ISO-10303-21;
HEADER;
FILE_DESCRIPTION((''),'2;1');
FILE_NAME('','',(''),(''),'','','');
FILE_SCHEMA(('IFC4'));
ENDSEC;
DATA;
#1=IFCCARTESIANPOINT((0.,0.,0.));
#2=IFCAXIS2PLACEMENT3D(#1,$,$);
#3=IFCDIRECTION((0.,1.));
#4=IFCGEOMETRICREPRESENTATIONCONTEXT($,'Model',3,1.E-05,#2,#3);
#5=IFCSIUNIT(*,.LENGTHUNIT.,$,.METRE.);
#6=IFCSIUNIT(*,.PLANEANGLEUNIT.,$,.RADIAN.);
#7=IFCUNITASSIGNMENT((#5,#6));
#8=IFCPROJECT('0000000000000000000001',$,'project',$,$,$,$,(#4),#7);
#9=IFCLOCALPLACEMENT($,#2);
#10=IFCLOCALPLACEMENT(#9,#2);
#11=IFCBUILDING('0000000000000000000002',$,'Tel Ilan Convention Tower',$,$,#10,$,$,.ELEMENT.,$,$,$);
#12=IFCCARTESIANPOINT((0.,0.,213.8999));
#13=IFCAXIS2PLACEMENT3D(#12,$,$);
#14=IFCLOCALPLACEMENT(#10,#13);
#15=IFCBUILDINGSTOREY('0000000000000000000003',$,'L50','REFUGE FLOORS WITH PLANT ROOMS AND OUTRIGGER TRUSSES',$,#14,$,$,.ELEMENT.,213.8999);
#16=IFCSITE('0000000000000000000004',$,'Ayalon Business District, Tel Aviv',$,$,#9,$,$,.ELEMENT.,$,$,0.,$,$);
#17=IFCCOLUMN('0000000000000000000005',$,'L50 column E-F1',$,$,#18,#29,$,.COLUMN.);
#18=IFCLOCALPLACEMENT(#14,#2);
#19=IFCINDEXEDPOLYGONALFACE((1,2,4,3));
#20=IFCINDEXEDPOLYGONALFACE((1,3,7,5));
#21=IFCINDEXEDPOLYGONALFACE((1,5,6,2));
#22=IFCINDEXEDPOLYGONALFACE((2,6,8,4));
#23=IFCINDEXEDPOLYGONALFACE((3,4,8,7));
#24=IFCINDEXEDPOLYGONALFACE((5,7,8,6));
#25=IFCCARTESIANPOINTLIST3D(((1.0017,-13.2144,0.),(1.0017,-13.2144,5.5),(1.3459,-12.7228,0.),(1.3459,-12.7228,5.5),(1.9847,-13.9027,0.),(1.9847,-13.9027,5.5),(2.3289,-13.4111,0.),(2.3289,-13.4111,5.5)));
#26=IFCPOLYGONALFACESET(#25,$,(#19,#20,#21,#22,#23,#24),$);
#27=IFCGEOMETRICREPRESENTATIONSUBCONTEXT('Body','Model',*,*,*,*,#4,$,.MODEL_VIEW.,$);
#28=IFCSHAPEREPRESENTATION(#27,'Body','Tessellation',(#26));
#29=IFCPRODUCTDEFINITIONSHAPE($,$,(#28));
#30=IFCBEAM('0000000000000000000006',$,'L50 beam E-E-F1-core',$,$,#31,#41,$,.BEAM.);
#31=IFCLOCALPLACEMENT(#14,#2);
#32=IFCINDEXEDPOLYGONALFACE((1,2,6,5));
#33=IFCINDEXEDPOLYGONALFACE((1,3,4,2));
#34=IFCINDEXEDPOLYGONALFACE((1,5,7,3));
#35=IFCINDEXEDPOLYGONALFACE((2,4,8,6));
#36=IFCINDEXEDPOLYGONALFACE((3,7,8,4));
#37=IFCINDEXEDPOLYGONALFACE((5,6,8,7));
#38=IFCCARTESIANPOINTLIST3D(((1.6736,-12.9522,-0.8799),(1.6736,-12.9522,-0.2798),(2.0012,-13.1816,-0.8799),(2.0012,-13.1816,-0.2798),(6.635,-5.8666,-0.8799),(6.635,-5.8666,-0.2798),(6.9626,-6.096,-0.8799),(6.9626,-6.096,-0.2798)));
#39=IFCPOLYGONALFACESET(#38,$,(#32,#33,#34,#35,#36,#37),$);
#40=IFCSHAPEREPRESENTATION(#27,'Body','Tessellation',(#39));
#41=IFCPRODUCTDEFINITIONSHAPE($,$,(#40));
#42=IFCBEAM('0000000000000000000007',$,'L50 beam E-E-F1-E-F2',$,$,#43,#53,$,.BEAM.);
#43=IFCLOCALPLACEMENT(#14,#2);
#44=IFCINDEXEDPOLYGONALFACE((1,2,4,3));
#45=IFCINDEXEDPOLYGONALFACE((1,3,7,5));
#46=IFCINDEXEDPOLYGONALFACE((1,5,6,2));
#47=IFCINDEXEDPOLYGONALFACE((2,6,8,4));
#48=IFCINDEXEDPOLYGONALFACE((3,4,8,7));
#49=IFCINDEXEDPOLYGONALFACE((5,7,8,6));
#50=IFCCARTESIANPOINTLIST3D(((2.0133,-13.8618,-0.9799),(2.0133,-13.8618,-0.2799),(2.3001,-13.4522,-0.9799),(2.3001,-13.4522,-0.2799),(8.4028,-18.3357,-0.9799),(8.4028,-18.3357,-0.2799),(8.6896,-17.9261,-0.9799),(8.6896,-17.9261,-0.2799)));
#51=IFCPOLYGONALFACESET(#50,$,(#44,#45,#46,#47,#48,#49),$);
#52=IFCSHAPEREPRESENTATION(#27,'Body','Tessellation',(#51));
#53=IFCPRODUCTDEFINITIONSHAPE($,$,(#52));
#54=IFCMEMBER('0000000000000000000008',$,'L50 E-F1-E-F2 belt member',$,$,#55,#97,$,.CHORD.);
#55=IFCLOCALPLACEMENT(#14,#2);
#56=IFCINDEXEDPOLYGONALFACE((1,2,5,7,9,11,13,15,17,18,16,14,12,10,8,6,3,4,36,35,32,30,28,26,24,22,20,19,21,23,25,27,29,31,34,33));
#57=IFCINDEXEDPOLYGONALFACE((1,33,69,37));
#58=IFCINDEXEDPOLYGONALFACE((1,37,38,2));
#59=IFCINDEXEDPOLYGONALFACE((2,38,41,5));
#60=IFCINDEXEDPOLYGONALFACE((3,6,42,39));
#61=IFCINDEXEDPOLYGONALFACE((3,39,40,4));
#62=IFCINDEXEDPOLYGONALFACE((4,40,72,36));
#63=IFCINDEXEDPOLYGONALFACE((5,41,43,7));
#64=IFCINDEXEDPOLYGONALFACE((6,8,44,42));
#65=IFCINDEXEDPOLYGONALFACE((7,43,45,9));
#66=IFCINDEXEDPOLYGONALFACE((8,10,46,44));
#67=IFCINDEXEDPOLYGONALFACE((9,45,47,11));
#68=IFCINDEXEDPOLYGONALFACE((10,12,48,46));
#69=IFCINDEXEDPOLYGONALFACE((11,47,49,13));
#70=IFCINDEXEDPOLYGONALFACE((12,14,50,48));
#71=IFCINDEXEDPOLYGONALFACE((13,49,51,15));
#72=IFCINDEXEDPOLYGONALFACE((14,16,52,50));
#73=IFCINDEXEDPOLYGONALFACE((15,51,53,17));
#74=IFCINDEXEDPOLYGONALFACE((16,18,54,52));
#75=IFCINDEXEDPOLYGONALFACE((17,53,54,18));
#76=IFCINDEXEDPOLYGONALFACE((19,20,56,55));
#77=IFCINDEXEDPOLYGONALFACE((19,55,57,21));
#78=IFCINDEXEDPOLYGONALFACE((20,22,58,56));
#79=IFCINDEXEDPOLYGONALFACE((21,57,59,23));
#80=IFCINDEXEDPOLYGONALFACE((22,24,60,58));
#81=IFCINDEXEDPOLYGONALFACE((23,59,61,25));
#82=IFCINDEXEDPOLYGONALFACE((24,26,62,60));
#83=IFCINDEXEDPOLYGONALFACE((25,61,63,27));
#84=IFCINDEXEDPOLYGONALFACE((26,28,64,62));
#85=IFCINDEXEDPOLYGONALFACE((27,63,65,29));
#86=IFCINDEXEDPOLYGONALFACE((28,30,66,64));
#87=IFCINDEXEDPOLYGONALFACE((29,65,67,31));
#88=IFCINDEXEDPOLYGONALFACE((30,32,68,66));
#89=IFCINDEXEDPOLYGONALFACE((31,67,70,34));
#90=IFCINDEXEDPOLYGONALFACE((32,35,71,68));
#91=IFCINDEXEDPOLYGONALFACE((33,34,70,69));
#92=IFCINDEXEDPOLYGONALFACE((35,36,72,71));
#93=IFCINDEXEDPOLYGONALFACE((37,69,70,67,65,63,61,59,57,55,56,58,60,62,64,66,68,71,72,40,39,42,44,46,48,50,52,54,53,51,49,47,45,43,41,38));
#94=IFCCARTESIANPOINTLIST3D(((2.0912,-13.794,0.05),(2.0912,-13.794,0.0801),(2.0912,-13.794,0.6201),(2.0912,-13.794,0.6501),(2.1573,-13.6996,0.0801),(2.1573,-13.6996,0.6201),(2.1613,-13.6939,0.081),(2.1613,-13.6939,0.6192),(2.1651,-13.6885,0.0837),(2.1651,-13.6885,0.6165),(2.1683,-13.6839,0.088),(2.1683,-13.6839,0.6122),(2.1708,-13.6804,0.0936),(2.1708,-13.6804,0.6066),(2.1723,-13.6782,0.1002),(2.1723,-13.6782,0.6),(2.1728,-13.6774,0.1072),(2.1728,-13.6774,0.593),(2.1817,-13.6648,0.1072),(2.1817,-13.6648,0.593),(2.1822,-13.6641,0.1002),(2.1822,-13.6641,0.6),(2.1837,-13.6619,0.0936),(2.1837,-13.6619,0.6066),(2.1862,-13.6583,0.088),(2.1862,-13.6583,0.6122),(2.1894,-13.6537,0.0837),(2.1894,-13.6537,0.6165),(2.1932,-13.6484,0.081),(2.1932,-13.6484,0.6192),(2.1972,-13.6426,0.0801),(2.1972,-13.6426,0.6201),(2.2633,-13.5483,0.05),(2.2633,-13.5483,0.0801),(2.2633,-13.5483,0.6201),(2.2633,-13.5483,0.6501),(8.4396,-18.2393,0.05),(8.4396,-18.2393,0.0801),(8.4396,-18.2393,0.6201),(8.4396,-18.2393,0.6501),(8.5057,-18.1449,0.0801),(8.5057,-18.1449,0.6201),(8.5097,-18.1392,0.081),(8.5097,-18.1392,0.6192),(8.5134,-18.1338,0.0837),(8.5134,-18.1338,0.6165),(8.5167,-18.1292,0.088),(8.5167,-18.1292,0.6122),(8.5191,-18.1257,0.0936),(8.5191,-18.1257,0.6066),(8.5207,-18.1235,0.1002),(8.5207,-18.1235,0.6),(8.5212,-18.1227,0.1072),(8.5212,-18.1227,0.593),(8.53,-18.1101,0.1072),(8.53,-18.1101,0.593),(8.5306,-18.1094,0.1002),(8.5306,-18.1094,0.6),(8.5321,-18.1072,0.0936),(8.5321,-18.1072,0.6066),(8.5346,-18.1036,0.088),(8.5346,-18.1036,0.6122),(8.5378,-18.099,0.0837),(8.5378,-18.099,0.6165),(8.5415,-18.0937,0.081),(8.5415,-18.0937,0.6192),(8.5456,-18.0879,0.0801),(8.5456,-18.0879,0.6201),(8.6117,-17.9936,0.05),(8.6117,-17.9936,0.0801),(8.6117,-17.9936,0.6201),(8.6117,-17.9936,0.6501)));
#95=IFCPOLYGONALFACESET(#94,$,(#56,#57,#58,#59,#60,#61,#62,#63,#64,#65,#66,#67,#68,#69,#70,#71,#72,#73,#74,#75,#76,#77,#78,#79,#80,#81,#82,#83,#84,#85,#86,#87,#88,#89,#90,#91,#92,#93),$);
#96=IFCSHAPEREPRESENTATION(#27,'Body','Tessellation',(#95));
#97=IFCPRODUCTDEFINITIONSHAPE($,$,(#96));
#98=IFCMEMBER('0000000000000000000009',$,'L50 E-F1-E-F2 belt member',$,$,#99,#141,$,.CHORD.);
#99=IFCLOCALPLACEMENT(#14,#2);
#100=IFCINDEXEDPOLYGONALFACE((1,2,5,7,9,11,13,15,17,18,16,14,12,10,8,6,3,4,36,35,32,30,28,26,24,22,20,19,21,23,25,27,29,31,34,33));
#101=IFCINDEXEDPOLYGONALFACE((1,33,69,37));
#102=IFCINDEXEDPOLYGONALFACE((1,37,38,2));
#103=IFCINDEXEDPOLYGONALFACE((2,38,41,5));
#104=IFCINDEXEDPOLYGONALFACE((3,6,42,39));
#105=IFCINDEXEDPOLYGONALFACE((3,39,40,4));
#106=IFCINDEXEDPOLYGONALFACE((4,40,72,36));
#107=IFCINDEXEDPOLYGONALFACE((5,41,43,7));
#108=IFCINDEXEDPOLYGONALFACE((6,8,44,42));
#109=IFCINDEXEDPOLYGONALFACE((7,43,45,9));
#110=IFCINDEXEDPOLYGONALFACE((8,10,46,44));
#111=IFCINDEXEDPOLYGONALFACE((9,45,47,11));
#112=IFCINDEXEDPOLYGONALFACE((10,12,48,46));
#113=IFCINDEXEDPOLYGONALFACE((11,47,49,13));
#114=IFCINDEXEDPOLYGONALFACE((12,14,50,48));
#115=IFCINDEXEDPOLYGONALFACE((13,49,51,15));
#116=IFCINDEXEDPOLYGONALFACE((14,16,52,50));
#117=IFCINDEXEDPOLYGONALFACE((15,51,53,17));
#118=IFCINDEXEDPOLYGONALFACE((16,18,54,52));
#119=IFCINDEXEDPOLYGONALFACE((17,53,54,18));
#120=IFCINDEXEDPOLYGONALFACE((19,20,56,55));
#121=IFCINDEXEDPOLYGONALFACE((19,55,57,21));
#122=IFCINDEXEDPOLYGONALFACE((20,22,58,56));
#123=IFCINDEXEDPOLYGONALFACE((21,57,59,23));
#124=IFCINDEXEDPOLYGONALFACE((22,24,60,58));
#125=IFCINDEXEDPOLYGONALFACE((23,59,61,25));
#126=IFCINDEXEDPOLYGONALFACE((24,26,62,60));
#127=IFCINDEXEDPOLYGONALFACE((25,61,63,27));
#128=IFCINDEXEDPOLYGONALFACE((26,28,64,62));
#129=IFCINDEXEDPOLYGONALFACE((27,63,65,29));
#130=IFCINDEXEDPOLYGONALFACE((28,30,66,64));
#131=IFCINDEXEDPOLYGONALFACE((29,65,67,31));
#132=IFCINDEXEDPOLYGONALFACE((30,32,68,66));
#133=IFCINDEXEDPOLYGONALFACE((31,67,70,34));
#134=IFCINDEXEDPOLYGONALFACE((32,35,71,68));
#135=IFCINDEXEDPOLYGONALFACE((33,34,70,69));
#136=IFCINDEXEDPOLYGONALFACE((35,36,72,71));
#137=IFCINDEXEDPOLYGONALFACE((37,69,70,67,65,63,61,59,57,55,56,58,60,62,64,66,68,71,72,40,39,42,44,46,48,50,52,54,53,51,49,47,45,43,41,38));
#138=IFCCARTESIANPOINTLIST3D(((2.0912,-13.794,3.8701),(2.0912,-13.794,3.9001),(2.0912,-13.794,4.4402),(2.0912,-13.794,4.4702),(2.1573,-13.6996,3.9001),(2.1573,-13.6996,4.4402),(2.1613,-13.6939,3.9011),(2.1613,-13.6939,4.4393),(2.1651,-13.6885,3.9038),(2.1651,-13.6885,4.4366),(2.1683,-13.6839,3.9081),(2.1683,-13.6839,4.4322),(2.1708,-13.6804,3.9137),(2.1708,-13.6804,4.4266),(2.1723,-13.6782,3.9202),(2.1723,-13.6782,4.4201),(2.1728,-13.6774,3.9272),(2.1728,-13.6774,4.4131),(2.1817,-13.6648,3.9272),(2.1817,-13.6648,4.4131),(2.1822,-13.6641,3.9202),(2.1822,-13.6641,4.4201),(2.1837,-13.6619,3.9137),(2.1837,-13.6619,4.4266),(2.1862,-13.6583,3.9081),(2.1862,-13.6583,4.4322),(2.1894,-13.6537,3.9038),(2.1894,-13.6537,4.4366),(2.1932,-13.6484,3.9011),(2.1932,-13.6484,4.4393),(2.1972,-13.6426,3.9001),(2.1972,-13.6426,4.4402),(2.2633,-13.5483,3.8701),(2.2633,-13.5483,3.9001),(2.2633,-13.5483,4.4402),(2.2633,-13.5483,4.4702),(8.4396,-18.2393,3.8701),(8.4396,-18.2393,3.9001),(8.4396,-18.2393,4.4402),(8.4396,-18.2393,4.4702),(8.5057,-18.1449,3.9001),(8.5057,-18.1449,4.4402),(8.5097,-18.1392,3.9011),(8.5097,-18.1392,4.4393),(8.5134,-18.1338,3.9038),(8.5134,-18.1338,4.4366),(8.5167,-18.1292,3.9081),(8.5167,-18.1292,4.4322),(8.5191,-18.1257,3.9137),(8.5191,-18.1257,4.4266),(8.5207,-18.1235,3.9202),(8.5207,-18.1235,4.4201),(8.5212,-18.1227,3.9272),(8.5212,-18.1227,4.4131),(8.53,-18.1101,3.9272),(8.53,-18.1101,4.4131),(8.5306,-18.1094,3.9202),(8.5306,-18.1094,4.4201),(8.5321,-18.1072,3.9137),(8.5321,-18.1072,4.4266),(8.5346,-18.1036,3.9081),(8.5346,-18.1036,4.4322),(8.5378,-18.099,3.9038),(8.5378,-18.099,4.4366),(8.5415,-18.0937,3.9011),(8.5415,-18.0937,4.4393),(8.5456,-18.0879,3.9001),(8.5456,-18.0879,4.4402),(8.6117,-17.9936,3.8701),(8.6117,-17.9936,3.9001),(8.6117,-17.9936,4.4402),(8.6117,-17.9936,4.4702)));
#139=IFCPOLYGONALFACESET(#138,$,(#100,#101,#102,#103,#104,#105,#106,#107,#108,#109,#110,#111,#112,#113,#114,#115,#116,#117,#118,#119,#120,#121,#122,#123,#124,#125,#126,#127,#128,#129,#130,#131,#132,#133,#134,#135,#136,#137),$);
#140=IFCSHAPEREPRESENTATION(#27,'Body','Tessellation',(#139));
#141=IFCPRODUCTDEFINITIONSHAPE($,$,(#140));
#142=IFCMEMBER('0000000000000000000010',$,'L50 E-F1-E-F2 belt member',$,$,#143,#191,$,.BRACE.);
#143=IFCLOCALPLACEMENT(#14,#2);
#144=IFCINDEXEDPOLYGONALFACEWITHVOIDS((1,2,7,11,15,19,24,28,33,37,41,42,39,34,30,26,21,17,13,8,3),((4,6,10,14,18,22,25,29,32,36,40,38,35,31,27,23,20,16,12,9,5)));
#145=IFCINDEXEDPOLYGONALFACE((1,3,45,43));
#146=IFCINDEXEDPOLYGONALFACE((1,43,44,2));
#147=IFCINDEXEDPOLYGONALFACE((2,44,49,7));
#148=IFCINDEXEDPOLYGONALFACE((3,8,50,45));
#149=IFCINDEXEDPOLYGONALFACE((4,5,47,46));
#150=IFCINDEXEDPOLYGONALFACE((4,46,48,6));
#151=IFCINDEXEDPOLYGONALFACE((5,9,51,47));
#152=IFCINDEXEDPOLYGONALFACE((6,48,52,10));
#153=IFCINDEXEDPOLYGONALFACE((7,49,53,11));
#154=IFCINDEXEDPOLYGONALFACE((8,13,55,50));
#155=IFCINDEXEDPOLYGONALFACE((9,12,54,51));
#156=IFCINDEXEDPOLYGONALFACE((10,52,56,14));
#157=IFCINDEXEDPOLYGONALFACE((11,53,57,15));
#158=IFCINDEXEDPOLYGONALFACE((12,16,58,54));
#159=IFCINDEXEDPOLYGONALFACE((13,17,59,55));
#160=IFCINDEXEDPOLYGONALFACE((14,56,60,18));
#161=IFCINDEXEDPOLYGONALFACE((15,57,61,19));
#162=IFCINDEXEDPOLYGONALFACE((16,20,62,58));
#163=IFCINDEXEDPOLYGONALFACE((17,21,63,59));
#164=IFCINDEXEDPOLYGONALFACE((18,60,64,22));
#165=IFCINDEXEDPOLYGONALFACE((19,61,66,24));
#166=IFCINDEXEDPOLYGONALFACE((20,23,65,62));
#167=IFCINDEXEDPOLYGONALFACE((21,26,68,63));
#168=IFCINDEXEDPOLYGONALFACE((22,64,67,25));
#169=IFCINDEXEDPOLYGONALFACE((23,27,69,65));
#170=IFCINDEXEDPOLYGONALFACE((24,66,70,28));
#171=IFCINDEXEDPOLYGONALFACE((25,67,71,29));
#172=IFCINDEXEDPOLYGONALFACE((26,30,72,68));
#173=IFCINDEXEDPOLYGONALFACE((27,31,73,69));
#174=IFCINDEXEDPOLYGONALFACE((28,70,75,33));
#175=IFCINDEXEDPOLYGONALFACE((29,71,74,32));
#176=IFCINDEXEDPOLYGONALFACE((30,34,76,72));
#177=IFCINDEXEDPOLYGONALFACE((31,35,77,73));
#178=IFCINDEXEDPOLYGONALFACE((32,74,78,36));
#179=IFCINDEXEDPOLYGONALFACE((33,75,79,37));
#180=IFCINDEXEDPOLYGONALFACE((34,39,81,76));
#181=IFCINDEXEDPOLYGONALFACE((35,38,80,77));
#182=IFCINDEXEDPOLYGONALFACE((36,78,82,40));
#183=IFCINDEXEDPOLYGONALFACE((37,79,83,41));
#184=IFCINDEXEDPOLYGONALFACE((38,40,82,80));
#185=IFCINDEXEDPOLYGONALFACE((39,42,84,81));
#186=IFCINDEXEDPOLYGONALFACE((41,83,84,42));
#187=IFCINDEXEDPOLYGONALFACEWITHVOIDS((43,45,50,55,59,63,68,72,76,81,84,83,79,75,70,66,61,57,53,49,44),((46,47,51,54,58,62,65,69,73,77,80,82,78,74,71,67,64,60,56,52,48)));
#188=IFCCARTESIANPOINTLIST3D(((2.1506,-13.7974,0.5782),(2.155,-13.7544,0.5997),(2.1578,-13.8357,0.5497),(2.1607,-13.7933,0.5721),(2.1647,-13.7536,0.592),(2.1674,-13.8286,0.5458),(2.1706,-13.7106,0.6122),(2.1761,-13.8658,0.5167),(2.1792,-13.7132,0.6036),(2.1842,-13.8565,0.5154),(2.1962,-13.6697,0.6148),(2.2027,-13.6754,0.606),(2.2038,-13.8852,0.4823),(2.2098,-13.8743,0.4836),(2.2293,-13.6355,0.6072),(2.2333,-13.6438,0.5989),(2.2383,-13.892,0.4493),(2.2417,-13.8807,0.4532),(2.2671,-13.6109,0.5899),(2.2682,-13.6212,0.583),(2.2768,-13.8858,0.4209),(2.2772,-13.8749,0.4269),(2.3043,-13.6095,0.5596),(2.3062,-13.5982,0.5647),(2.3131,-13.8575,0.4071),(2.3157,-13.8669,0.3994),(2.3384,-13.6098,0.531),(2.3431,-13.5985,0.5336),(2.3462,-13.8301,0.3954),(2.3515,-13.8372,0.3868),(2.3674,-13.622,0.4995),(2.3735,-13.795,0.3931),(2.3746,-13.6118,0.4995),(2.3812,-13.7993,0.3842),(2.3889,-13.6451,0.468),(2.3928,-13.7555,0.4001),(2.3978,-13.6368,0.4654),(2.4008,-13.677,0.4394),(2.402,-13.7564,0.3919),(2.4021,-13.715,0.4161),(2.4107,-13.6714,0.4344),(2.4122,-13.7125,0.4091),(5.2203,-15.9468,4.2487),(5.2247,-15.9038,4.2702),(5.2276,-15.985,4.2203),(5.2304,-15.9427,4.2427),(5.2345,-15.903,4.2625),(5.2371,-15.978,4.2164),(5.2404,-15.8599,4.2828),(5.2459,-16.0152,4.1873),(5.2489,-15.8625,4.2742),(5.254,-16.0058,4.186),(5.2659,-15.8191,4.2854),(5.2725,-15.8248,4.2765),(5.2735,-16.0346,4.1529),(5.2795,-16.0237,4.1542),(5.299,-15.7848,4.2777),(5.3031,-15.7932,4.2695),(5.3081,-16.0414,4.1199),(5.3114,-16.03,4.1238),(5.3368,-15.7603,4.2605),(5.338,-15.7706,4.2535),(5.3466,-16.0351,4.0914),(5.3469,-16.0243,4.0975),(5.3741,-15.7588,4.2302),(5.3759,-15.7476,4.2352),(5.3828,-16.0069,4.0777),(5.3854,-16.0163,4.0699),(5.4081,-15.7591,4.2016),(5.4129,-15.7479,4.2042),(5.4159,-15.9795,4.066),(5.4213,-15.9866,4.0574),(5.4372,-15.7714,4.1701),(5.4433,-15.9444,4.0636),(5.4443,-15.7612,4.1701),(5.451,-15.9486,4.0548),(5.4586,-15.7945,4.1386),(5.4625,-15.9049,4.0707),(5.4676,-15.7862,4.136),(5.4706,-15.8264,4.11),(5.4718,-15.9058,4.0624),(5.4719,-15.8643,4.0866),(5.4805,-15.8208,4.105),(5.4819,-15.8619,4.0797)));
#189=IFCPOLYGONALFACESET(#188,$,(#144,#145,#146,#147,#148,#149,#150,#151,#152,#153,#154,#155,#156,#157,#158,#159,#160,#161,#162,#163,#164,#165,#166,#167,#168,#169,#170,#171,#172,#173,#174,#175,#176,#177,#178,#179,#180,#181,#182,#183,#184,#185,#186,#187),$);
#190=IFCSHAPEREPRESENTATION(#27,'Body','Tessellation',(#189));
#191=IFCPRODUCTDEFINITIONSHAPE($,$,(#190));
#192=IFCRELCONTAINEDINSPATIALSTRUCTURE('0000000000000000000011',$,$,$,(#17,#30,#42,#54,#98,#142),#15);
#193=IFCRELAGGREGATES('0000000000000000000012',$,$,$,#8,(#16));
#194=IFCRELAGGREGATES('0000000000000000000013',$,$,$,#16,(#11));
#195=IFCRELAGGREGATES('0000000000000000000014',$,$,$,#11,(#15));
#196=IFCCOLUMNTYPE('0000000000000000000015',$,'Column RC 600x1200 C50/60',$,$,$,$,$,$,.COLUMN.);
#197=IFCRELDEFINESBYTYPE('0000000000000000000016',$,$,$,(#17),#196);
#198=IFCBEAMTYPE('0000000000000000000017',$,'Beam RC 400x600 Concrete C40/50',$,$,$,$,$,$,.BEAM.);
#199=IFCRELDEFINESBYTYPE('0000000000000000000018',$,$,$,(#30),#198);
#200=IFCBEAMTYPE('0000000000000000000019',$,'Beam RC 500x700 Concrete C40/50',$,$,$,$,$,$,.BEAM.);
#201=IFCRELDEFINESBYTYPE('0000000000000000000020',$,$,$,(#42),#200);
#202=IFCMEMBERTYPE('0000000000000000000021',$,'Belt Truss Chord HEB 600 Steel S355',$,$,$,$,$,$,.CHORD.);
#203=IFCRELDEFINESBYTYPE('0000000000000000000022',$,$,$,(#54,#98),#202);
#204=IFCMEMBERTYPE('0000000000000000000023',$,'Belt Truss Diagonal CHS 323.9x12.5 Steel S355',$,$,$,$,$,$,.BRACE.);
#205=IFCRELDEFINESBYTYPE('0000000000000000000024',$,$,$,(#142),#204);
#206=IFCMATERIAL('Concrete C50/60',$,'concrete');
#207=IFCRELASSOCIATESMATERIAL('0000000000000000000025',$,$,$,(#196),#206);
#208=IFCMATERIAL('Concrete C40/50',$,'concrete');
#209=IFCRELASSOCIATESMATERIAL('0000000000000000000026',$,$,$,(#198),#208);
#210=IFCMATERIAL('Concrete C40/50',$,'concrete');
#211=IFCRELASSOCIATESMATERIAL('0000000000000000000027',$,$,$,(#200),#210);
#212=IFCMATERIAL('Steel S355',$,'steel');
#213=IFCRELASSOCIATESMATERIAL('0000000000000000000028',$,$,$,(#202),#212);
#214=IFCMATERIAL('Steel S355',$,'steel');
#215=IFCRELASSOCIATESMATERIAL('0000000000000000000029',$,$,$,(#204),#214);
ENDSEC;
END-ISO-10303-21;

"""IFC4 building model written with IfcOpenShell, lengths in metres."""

from ifc_helpers import new_model, si_unit, direction, frame, origin, origin_2d, place, context, subcontext, project, spatial, rectangle, hollow_circle, i_section, extrude, material, material_profile, profile_set, type_object, element, save


model = new_model("IFC4")

# Units and contexts
model_context = context("Model", 3, precision=1e-05, world=origin(), true_north=direction((0.0, 1.0)))
body_context = subcontext(model_context, "Body", "Model", "MODEL_VIEW")
ifc_project = project(units=[si_unit("LENGTHUNIT", "METRE"), si_unit("PLANEANGLEUNIT", "RADIAN")], contexts=[model_context])

# Site, building, storey
site_placement = place(None, origin())
site = spatial("IfcSite", under=ifc_project, at=site_placement, Name="Ayalon Business District, Tel Aviv", CompositionType="ELEMENT", RefElevation=0.0)
building_placement = place(site_placement, origin())
building = spatial("IfcBuilding", under=site, at=building_placement, Name="Tel Ilan Convention Tower", CompositionType="ELEMENT")
storey_placement = place(building_placement, frame((0.0, 0.0, 213.8999)))
storey = spatial("IfcBuildingStorey", under=building, at=storey_placement, Name="L50", Description="REFUGE FLOORS WITH PLANT ROOMS AND OUTRIGGER TRUSSES", CompositionType="ELEMENT", Elevation=213.8999)

# Column
ifc_material_1 = material(Name="Concrete C50/60", Category="concrete")
ifc_material_profile_1 = material_profile(ifc_material_1, rectangle(XDim=1.2, YDim=0.6001, at=origin_2d()), Name="RC 600x1200")
ifc_profile_set_1 = profile_set([ifc_material_profile_1], Name="Concrete C50/60")
column_type = type_object("IfcColumnType", Name="Column RC 600x1200 C50/60", PredefinedType="COLUMN", material=ifc_profile_set_1)
column_placement = place(storey_placement, frame((1.6653, -13.3127, 0.0), z_axis=(0.0, 0.0, 1.0), x_axis=(0.819152, -0.573576, 0.0)))
element("IfcColumn", 1, at=column_placement, inside=storey, type_object=column_type, Name="L50 column E-F1", PredefinedType="COLUMN", context=body_context, shape_type="SweptSolid", body=[
    extrude(rectangle(XDim=1.2, YDim=0.6001, at=origin_2d()), origin(), (0.0, 0.0, 1.0), 5.5),
])

# Beams
ifc_material_2 = material(Name="Concrete C40/50", Category="concrete")
ifc_material_profile_2 = material_profile(ifc_material_2, rectangle(XDim=0.3999, YDim=0.6001, at=origin_2d()), Name="RC 400x600")
ifc_profile_set_2 = profile_set([ifc_material_profile_2], Name="Concrete C40/50")
beam_type_1 = type_object("IfcBeamType", Name="Beam RC 400x600 Concrete C40/50", PredefinedType="BEAM", material=ifc_profile_set_2)
beam_1_placement = place(storey_placement, frame((1.8374, -13.0669, -0.5798), z_axis=(0.573574, 0.819154, 0.0), x_axis=(-0.819154, 0.573574, 0.0)))
element("IfcBeam", 2, at=beam_1_placement, inside=storey, type_object=beam_type_1, Name="L50 beam E-E-F1-core", PredefinedType="BEAM", context=body_context, shape_type="SweptSolid", body=[
    extrude(rectangle(XDim=0.3999, YDim=0.6001, at=origin_2d()), origin(), (0.0, 0.0, 1.0), 8.6499),
])
ifc_material_3 = material(Name="Concrete C40/50", Category="concrete")
ifc_material_profile_3 = material_profile(ifc_material_3, rectangle(XDim=0.5, YDim=0.7, at=origin_2d()), Name="RC 500x700")
ifc_profile_set_3 = profile_set([ifc_material_profile_3], Name="Concrete C40/50")
beam_type_2 = type_object("IfcBeamType", Name="Beam RC 500x700 Concrete C40/50", PredefinedType="BEAM", material=ifc_profile_set_3)
beam_2_placement = place(storey_placement, frame((2.1567, -13.657, -0.6299), z_axis=(0.819154, -0.573574, 0.0), x_axis=(0.573574, 0.819154, 0.0)))
element("IfcBeam", 3, at=beam_2_placement, inside=storey, type_object=beam_type_2, Name="L50 beam E-E-F1-E-F2", PredefinedType="BEAM", context=body_context, shape_type="SweptSolid", body=[
    extrude(rectangle(XDim=0.5, YDim=0.7, at=origin_2d()), origin(), (0.0, 0.0, 1.0), 7.8),
])

# Members
ifc_material_4 = material(Name="Steel S355", Category="steel")
ifc_material_profile_4 = material_profile(ifc_material_4, i_section(OverallWidth=0.3, OverallDepth=0.6001, WebThickness=0.0154, FlangeThickness=0.03, FilletRadius=0.0271, at=origin_2d()), Name="HEB 600")
ifc_profile_set_4 = profile_set([ifc_material_profile_4], Name="Steel S355")
member_type_1 = type_object("IfcMemberType", Name="Belt Truss Chord HEB 600 Steel S355", PredefinedType="CHORD", material=ifc_profile_set_4)
for number, where, z_axis, x_axis, name in (
    (4, (2.1772, -13.6711, 0.3501), (0.819145, -0.573587, 0.0), (0.573587, 0.819145, 0.0), "L50 E-F1-E-F2 belt member"),
    (5, (2.1772, -13.6711, 4.1702), (0.819145, -0.573587, 0.0), (0.573587, 0.819145, 0.0), "L50 E-F1-E-F2 belt member"),
):
    element("IfcMember", number, at=place(storey_placement, frame(where, z_axis=z_axis, x_axis=x_axis)), inside=storey, type_object=member_type_1, Name=name, PredefinedType="CHORD", context=body_context, shape_type="SweptSolid", body=[
        extrude(i_section(OverallWidth=0.3, OverallDepth=0.6001, WebThickness=0.0154, FlangeThickness=0.03, FilletRadius=0.0271, at=origin_2d()), origin(), (0.0, 0.0, 1.0), 7.75),
    ])
ifc_material_5 = material(Name="Steel S355", Category="steel")
ifc_material_profile_5 = material_profile(ifc_material_5, hollow_circle(Radius=0.1619, WallThickness=0.0125, at=origin_2d()), Name="CHS 323.9x12.5")
ifc_profile_set_5 = profile_set([ifc_material_profile_5], Name="Steel S355")
member_type_2 = type_object("IfcMemberType", Name="Belt Truss Diagonal CHS 323.9x12.5 Steel S355", PredefinedType="BRACE", material=ifc_profile_set_5)
member_1_placement = place(storey_placement, frame((2.2817, -13.7444, 0.4995), z_axis=(0.585206, -0.409747, 0.699744), x_axis=(0.573559, 0.819165, 0.0)))
element("IfcMember", 6, at=member_1_placement, inside=storey, type_object=member_type_2, Name="L50 E-F1-E-F2 belt member", PredefinedType="BRACE", context=body_context, shape_type="SweptSolid", body=[
    extrude(hollow_circle(Radius=0.1619, WallThickness=0.0125, at=origin_2d()), origin(), (0.0, 0.0, 1.0), 5.2456),
])

save(model, "model.ifc")
